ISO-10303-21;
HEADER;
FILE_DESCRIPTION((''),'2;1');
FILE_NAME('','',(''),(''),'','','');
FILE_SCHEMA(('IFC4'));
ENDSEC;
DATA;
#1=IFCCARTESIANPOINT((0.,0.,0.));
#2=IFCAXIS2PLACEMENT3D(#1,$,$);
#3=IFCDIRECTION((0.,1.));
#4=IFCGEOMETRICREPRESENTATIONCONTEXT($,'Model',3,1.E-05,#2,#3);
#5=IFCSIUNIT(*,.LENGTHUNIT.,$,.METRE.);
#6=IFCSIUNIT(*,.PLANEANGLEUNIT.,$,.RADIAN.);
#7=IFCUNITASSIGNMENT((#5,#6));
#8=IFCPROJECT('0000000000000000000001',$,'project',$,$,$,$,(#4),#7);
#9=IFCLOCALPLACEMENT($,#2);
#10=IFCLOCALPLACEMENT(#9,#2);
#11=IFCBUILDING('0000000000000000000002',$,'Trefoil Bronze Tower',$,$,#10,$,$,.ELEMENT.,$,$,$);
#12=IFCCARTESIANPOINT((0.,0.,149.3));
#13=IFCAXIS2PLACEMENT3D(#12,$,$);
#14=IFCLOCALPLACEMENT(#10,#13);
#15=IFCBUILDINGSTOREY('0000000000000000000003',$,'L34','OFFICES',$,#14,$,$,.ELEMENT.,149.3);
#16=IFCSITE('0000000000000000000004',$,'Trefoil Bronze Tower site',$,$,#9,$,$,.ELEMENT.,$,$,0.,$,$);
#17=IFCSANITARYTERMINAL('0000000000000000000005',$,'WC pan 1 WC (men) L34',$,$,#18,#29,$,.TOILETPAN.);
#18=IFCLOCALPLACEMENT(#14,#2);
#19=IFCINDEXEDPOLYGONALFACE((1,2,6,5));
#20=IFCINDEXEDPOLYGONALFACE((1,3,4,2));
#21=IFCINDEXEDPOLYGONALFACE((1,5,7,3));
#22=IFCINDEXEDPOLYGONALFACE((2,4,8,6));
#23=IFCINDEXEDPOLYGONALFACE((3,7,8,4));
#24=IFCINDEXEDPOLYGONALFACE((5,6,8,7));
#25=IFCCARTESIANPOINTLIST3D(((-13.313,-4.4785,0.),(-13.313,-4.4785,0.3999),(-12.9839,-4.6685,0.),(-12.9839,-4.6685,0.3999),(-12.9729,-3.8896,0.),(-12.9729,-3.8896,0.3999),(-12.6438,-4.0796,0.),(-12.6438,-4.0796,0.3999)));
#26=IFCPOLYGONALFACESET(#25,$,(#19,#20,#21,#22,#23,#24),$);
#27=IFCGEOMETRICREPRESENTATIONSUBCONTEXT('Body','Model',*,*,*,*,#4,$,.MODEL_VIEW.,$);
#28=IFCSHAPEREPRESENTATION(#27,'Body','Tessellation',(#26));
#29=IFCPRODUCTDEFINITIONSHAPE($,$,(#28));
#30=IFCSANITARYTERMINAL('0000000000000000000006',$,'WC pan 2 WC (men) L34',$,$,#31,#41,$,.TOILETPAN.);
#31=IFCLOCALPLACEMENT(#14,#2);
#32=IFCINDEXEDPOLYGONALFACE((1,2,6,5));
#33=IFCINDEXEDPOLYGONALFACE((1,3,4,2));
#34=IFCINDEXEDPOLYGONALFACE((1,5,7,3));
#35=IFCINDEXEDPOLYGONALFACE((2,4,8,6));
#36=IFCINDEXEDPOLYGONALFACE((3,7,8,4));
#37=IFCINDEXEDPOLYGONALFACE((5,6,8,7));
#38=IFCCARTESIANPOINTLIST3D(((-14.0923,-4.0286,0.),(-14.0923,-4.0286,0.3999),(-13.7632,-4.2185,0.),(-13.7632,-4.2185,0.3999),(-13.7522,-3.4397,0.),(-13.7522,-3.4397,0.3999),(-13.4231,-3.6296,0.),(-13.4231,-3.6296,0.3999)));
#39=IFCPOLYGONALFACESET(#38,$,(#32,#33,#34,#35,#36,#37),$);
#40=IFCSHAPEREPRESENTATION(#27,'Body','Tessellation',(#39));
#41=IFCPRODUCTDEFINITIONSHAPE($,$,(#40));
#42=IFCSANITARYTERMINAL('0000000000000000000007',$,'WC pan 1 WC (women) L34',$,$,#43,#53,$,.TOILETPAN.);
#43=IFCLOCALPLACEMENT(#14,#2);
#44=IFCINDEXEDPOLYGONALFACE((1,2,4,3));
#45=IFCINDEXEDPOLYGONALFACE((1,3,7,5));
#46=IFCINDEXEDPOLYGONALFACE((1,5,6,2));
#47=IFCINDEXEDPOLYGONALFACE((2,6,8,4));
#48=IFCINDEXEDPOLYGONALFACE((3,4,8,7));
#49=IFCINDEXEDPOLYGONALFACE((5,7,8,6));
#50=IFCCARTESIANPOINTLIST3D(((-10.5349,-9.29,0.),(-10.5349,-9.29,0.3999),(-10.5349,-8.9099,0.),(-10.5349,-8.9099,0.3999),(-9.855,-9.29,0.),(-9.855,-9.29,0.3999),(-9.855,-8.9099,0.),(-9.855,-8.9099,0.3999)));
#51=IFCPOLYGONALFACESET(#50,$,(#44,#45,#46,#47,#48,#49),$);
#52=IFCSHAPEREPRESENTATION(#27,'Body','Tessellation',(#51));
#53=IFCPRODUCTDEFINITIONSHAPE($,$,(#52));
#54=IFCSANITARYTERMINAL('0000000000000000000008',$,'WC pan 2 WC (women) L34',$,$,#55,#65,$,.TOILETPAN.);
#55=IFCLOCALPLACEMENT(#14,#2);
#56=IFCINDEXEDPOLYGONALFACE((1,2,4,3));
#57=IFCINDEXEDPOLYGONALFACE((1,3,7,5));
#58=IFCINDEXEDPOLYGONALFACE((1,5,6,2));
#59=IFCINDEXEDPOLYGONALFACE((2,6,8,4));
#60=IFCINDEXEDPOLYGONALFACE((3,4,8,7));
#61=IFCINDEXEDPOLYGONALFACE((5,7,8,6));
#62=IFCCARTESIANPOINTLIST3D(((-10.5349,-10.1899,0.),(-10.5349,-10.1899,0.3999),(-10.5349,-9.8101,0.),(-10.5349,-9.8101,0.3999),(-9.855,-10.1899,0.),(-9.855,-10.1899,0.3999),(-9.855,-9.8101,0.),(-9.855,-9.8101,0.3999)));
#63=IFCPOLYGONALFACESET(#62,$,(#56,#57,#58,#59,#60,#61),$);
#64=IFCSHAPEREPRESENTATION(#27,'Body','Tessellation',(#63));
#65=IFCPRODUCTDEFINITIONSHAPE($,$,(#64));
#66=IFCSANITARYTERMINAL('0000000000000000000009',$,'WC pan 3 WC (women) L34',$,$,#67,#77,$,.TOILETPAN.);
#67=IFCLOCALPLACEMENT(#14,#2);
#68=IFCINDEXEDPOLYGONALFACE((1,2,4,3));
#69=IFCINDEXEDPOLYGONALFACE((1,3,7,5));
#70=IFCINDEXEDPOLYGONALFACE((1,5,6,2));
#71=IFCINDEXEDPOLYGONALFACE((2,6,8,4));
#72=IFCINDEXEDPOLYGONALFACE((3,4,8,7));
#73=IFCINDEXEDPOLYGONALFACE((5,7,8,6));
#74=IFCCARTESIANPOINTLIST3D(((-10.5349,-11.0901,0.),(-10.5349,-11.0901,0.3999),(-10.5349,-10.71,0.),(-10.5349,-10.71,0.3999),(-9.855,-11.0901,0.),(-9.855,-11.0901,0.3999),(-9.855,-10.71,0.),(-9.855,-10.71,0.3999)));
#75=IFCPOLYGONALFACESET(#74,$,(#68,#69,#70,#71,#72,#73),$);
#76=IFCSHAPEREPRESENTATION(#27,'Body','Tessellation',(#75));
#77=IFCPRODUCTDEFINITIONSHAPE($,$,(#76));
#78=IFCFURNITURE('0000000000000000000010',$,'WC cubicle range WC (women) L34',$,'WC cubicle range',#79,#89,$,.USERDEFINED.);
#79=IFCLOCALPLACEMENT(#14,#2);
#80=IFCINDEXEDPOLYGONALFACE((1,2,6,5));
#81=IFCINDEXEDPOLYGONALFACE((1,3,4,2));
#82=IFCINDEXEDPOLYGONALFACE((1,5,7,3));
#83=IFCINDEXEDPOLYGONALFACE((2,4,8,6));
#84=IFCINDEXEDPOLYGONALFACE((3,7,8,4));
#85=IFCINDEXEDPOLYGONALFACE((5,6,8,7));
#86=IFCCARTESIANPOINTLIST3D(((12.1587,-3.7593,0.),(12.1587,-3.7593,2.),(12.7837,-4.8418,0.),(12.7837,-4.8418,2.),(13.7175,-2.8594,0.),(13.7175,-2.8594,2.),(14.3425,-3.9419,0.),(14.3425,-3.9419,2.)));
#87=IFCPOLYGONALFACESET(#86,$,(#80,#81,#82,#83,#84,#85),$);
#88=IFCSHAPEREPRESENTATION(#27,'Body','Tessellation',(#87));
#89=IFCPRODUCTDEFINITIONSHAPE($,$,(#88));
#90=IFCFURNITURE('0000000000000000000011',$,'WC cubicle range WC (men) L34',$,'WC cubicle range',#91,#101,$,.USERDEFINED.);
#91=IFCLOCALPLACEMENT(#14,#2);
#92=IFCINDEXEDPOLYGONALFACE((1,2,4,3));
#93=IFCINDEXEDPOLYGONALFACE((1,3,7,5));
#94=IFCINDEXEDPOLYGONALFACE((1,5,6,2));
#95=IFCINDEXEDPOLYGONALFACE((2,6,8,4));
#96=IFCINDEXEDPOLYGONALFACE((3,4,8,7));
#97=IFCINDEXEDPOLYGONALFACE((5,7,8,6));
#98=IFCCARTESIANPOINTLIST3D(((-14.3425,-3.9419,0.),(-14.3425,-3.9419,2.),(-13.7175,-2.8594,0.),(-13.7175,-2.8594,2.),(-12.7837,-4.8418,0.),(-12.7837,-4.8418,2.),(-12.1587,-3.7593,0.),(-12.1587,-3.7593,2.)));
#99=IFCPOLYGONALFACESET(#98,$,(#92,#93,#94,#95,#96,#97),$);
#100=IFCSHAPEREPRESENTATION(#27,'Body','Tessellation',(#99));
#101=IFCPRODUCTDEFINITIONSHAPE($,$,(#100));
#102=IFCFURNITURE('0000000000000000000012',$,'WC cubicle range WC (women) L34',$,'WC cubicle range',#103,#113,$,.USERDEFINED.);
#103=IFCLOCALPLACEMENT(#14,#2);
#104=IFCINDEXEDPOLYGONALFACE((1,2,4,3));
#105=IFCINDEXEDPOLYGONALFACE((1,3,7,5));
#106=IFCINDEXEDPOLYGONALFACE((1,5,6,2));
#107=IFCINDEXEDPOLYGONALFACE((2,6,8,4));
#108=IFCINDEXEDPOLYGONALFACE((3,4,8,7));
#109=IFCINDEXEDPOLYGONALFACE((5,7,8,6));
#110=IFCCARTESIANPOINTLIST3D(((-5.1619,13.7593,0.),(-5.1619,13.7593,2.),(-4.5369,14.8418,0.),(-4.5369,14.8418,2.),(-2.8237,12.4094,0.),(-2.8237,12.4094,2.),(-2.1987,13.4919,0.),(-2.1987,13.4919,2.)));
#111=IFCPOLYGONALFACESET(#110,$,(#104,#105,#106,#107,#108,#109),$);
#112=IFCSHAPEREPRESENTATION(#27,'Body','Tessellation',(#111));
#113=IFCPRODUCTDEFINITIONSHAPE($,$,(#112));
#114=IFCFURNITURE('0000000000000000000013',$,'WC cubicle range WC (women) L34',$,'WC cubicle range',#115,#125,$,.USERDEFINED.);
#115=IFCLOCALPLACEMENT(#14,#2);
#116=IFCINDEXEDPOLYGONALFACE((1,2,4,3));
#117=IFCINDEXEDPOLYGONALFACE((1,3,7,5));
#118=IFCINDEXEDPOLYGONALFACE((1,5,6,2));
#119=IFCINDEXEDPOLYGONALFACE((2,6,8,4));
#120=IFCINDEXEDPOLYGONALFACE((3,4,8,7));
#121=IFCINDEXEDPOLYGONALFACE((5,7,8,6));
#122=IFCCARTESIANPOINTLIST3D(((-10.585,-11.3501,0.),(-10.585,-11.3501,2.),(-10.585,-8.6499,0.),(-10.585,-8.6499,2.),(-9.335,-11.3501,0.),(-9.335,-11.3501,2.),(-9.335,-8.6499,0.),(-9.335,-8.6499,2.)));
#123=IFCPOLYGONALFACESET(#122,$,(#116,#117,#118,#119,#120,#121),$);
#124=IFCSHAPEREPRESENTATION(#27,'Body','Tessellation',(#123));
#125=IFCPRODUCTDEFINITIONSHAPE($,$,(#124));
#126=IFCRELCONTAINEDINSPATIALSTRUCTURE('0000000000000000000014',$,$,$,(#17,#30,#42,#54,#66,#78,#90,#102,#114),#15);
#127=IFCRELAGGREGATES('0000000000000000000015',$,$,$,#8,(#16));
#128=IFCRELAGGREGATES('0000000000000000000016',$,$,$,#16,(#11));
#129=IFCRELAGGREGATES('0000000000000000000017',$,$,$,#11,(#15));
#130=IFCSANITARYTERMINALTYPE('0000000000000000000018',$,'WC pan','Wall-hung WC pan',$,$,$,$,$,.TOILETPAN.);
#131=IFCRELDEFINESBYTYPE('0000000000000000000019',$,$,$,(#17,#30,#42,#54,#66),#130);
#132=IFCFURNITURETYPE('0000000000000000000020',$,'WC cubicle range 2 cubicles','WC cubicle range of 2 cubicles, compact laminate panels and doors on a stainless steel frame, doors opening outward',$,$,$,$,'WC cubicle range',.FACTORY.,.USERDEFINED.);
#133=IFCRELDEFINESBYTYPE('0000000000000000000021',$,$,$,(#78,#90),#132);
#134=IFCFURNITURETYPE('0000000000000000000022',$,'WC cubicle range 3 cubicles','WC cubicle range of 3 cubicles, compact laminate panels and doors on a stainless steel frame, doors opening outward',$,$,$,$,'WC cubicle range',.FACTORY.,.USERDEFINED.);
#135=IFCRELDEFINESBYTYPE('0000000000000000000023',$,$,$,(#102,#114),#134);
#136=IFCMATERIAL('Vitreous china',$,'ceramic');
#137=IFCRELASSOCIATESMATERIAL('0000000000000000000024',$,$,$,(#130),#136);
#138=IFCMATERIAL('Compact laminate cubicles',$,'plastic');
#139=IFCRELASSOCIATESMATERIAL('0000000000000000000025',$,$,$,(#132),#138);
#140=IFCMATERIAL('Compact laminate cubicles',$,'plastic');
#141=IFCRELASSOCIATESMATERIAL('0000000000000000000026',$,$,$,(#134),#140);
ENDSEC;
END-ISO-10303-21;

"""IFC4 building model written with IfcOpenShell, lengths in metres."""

from ifc_helpers import new_model, si_unit, direction, frame, origin, place, context, subcontext, project, spatial, polyline, outline, extrude, material, type_object, element, save


model = new_model("IFC4")

# Units and contexts
model_context = context("Model", 3, precision=1e-05, world=origin(), true_north=direction((0.0, 1.0)))
body_context = subcontext(model_context, "Body", "Model", "MODEL_VIEW")
ifc_project = project(units=[si_unit("LENGTHUNIT", "METRE"), si_unit("PLANEANGLEUNIT", "RADIAN")], contexts=[model_context])

# Site, building, storey
site_placement = place(None, origin())
site = spatial("IfcSite", under=ifc_project, at=site_placement, Name="Trefoil Bronze Tower site", CompositionType="ELEMENT", RefElevation=0.0)
building_placement = place(site_placement, origin())
building = spatial("IfcBuilding", under=site, at=building_placement, Name="Trefoil Bronze Tower", CompositionType="ELEMENT")
storey_placement = place(building_placement, frame((0.0, 0.0, 149.3)))
storey = spatial("IfcBuildingStorey", under=building, at=storey_placement, Name="L34", Description="OFFICES", CompositionType="ELEMENT", Elevation=149.3)

# Sanitary terminals
ifc_material_1 = material(Name="Vitreous china", Category="ceramic")
sanitary_terminal_type_1 = type_object("IfcSanitaryTerminalType", Name="WC pan", Description="Wall-hung WC pan", PredefinedType="TOILETPAN", material=ifc_material_1)
sanitary_terminal_1_placement = place(storey_placement, origin())
element("IfcSanitaryTerminal", 1, at=sanitary_terminal_1_placement, inside=storey, type_object=sanitary_terminal_type_1, Name="WC pan 1 WC (men) L34", PredefinedType="TOILETPAN", context=body_context, shape_type="SweptSolid", body=[
    extrude(outline(polyline([(-12.6438, -4.0796), (-12.9839, -4.6685), (-13.313, -4.4785), (-12.9729, -3.8896), (-12.6438, -4.0796)])), origin(), (0.0, 0.0, 1.0), 0.3999),
])
sanitary_terminal_2_placement = place(storey_placement, origin())
element("IfcSanitaryTerminal", 2, at=sanitary_terminal_2_placement, inside=storey, type_object=sanitary_terminal_type_1, Name="WC pan 2 WC (men) L34", PredefinedType="TOILETPAN", context=body_context, shape_type="SweptSolid", body=[
    extrude(outline(polyline([(-13.4231, -3.6296), (-13.7632, -4.2185), (-14.0923, -4.0286), (-13.7522, -3.4397), (-13.4231, -3.6296)])), origin(), (0.0, 0.0, 1.0), 0.3999),
])
sanitary_terminal_3_placement = place(storey_placement, origin())
element("IfcSanitaryTerminal", 3, at=sanitary_terminal_3_placement, inside=storey, type_object=sanitary_terminal_type_1, Name="WC pan 1 WC (women) L34", PredefinedType="TOILETPAN", context=body_context, shape_type="SweptSolid", body=[
    extrude(outline(polyline([(-9.855, -8.9099), (-10.5349, -8.9099), (-10.5349, -9.29), (-9.855, -9.29), (-9.855, -8.9099)])), origin(), (0.0, 0.0, 1.0), 0.3999),
])
sanitary_terminal_4_placement = place(storey_placement, origin())
element("IfcSanitaryTerminal", 4, at=sanitary_terminal_4_placement, inside=storey, type_object=sanitary_terminal_type_1, Name="WC pan 2 WC (women) L34", PredefinedType="TOILETPAN", context=body_context, shape_type="SweptSolid", body=[
    extrude(outline(polyline([(-9.855, -9.8101), (-10.5349, -9.8101), (-10.5349, -10.1899), (-9.855, -10.1899), (-9.855, -9.8101)])), origin(), (0.0, 0.0, 1.0), 0.3999),
])
sanitary_terminal_5_placement = place(storey_placement, origin())
element("IfcSanitaryTerminal", 5, at=sanitary_terminal_5_placement, inside=storey, type_object=sanitary_terminal_type_1, Name="WC pan 3 WC (women) L34", PredefinedType="TOILETPAN", context=body_context, shape_type="SweptSolid", body=[
    extrude(outline(polyline([(-9.855, -10.71), (-10.5349, -10.71), (-10.5349, -11.0901), (-9.855, -11.0901), (-9.855, -10.71)])), origin(), (0.0, 0.0, 1.0), 0.3999),
])

# Furniture
ifc_material_2 = material(Name="Compact laminate cubicles", Category="plastic")
furniture_type_1 = type_object("IfcFurnitureType", Name="WC cubicle range 2 cubicles", Description="WC cubicle range of 2 cubicles, compact laminate panels and doors on a stainless steel frame, doors opening outward", ElementType="WC cubicle range", AssemblyPlace="FACTORY", PredefinedType="USERDEFINED", material=ifc_material_2)
furniture_1_placement = place(storey_placement, origin())
element("IfcFurniture", 6, at=furniture_1_placement, inside=storey, type_object=furniture_type_1, Name="WC cubicle range WC (women) L34", ObjectType="WC cubicle range", PredefinedType="USERDEFINED", context=body_context, shape_type="SweptSolid", body=[
    extrude(outline(polyline([(12.1587, -3.7593), (12.7837, -4.8418), (14.3425, -3.9419), (13.7175, -2.8594), (12.1587, -3.7593)])), origin(), (0.0, 0.0, 1.0), 2.0),
])
furniture_2_placement = place(storey_placement, origin())
element("IfcFurniture", 7, at=furniture_2_placement, inside=storey, type_object=furniture_type_1, Name="WC cubicle range WC (men) L34", ObjectType="WC cubicle range", PredefinedType="USERDEFINED", context=body_context, shape_type="SweptSolid", body=[
    extrude(outline(polyline([(-12.1587, -3.7593), (-12.7837, -4.8418), (-14.3425, -3.9419), (-13.7175, -2.8594), (-12.1587, -3.7593)])), origin(), (0.0, 0.0, 1.0), 2.0),
])
ifc_material_3 = material(Name="Compact laminate cubicles", Category="plastic")
furniture_type_2 = type_object("IfcFurnitureType", Name="WC cubicle range 3 cubicles", Description="WC cubicle range of 3 cubicles, compact laminate panels and doors on a stainless steel frame, doors opening outward", ElementType="WC cubicle range", AssemblyPlace="FACTORY", PredefinedType="USERDEFINED", material=ifc_material_3)
furniture_3_placement = place(storey_placement, origin())
element("IfcFurniture", 8, at=furniture_3_placement, inside=storey, type_object=furniture_type_2, Name="WC cubicle range WC (women) L34", ObjectType="WC cubicle range", PredefinedType="USERDEFINED", context=body_context, shape_type="SweptSolid", body=[
    extrude(outline(polyline([(-2.8237, 12.4094), (-2.1987, 13.4919), (-4.5369, 14.8418), (-5.1619, 13.7593), (-2.8237, 12.4094)])), origin(), (0.0, 0.0, 1.0), 2.0),
])
furniture_4_placement = place(storey_placement, origin())
element("IfcFurniture", 9, at=furniture_4_placement, inside=storey, type_object=furniture_type_2, Name="WC cubicle range WC (women) L34", ObjectType="WC cubicle range", PredefinedType="USERDEFINED", context=body_context, shape_type="SweptSolid", body=[
    extrude(outline(polyline([(-9.335, -8.6499), (-10.585, -8.6499), (-10.585, -11.3501), (-9.335, -11.3501), (-9.335, -8.6499)])), origin(), (0.0, 0.0, 1.0), 2.0),
])

save(model, "model.ifc")
